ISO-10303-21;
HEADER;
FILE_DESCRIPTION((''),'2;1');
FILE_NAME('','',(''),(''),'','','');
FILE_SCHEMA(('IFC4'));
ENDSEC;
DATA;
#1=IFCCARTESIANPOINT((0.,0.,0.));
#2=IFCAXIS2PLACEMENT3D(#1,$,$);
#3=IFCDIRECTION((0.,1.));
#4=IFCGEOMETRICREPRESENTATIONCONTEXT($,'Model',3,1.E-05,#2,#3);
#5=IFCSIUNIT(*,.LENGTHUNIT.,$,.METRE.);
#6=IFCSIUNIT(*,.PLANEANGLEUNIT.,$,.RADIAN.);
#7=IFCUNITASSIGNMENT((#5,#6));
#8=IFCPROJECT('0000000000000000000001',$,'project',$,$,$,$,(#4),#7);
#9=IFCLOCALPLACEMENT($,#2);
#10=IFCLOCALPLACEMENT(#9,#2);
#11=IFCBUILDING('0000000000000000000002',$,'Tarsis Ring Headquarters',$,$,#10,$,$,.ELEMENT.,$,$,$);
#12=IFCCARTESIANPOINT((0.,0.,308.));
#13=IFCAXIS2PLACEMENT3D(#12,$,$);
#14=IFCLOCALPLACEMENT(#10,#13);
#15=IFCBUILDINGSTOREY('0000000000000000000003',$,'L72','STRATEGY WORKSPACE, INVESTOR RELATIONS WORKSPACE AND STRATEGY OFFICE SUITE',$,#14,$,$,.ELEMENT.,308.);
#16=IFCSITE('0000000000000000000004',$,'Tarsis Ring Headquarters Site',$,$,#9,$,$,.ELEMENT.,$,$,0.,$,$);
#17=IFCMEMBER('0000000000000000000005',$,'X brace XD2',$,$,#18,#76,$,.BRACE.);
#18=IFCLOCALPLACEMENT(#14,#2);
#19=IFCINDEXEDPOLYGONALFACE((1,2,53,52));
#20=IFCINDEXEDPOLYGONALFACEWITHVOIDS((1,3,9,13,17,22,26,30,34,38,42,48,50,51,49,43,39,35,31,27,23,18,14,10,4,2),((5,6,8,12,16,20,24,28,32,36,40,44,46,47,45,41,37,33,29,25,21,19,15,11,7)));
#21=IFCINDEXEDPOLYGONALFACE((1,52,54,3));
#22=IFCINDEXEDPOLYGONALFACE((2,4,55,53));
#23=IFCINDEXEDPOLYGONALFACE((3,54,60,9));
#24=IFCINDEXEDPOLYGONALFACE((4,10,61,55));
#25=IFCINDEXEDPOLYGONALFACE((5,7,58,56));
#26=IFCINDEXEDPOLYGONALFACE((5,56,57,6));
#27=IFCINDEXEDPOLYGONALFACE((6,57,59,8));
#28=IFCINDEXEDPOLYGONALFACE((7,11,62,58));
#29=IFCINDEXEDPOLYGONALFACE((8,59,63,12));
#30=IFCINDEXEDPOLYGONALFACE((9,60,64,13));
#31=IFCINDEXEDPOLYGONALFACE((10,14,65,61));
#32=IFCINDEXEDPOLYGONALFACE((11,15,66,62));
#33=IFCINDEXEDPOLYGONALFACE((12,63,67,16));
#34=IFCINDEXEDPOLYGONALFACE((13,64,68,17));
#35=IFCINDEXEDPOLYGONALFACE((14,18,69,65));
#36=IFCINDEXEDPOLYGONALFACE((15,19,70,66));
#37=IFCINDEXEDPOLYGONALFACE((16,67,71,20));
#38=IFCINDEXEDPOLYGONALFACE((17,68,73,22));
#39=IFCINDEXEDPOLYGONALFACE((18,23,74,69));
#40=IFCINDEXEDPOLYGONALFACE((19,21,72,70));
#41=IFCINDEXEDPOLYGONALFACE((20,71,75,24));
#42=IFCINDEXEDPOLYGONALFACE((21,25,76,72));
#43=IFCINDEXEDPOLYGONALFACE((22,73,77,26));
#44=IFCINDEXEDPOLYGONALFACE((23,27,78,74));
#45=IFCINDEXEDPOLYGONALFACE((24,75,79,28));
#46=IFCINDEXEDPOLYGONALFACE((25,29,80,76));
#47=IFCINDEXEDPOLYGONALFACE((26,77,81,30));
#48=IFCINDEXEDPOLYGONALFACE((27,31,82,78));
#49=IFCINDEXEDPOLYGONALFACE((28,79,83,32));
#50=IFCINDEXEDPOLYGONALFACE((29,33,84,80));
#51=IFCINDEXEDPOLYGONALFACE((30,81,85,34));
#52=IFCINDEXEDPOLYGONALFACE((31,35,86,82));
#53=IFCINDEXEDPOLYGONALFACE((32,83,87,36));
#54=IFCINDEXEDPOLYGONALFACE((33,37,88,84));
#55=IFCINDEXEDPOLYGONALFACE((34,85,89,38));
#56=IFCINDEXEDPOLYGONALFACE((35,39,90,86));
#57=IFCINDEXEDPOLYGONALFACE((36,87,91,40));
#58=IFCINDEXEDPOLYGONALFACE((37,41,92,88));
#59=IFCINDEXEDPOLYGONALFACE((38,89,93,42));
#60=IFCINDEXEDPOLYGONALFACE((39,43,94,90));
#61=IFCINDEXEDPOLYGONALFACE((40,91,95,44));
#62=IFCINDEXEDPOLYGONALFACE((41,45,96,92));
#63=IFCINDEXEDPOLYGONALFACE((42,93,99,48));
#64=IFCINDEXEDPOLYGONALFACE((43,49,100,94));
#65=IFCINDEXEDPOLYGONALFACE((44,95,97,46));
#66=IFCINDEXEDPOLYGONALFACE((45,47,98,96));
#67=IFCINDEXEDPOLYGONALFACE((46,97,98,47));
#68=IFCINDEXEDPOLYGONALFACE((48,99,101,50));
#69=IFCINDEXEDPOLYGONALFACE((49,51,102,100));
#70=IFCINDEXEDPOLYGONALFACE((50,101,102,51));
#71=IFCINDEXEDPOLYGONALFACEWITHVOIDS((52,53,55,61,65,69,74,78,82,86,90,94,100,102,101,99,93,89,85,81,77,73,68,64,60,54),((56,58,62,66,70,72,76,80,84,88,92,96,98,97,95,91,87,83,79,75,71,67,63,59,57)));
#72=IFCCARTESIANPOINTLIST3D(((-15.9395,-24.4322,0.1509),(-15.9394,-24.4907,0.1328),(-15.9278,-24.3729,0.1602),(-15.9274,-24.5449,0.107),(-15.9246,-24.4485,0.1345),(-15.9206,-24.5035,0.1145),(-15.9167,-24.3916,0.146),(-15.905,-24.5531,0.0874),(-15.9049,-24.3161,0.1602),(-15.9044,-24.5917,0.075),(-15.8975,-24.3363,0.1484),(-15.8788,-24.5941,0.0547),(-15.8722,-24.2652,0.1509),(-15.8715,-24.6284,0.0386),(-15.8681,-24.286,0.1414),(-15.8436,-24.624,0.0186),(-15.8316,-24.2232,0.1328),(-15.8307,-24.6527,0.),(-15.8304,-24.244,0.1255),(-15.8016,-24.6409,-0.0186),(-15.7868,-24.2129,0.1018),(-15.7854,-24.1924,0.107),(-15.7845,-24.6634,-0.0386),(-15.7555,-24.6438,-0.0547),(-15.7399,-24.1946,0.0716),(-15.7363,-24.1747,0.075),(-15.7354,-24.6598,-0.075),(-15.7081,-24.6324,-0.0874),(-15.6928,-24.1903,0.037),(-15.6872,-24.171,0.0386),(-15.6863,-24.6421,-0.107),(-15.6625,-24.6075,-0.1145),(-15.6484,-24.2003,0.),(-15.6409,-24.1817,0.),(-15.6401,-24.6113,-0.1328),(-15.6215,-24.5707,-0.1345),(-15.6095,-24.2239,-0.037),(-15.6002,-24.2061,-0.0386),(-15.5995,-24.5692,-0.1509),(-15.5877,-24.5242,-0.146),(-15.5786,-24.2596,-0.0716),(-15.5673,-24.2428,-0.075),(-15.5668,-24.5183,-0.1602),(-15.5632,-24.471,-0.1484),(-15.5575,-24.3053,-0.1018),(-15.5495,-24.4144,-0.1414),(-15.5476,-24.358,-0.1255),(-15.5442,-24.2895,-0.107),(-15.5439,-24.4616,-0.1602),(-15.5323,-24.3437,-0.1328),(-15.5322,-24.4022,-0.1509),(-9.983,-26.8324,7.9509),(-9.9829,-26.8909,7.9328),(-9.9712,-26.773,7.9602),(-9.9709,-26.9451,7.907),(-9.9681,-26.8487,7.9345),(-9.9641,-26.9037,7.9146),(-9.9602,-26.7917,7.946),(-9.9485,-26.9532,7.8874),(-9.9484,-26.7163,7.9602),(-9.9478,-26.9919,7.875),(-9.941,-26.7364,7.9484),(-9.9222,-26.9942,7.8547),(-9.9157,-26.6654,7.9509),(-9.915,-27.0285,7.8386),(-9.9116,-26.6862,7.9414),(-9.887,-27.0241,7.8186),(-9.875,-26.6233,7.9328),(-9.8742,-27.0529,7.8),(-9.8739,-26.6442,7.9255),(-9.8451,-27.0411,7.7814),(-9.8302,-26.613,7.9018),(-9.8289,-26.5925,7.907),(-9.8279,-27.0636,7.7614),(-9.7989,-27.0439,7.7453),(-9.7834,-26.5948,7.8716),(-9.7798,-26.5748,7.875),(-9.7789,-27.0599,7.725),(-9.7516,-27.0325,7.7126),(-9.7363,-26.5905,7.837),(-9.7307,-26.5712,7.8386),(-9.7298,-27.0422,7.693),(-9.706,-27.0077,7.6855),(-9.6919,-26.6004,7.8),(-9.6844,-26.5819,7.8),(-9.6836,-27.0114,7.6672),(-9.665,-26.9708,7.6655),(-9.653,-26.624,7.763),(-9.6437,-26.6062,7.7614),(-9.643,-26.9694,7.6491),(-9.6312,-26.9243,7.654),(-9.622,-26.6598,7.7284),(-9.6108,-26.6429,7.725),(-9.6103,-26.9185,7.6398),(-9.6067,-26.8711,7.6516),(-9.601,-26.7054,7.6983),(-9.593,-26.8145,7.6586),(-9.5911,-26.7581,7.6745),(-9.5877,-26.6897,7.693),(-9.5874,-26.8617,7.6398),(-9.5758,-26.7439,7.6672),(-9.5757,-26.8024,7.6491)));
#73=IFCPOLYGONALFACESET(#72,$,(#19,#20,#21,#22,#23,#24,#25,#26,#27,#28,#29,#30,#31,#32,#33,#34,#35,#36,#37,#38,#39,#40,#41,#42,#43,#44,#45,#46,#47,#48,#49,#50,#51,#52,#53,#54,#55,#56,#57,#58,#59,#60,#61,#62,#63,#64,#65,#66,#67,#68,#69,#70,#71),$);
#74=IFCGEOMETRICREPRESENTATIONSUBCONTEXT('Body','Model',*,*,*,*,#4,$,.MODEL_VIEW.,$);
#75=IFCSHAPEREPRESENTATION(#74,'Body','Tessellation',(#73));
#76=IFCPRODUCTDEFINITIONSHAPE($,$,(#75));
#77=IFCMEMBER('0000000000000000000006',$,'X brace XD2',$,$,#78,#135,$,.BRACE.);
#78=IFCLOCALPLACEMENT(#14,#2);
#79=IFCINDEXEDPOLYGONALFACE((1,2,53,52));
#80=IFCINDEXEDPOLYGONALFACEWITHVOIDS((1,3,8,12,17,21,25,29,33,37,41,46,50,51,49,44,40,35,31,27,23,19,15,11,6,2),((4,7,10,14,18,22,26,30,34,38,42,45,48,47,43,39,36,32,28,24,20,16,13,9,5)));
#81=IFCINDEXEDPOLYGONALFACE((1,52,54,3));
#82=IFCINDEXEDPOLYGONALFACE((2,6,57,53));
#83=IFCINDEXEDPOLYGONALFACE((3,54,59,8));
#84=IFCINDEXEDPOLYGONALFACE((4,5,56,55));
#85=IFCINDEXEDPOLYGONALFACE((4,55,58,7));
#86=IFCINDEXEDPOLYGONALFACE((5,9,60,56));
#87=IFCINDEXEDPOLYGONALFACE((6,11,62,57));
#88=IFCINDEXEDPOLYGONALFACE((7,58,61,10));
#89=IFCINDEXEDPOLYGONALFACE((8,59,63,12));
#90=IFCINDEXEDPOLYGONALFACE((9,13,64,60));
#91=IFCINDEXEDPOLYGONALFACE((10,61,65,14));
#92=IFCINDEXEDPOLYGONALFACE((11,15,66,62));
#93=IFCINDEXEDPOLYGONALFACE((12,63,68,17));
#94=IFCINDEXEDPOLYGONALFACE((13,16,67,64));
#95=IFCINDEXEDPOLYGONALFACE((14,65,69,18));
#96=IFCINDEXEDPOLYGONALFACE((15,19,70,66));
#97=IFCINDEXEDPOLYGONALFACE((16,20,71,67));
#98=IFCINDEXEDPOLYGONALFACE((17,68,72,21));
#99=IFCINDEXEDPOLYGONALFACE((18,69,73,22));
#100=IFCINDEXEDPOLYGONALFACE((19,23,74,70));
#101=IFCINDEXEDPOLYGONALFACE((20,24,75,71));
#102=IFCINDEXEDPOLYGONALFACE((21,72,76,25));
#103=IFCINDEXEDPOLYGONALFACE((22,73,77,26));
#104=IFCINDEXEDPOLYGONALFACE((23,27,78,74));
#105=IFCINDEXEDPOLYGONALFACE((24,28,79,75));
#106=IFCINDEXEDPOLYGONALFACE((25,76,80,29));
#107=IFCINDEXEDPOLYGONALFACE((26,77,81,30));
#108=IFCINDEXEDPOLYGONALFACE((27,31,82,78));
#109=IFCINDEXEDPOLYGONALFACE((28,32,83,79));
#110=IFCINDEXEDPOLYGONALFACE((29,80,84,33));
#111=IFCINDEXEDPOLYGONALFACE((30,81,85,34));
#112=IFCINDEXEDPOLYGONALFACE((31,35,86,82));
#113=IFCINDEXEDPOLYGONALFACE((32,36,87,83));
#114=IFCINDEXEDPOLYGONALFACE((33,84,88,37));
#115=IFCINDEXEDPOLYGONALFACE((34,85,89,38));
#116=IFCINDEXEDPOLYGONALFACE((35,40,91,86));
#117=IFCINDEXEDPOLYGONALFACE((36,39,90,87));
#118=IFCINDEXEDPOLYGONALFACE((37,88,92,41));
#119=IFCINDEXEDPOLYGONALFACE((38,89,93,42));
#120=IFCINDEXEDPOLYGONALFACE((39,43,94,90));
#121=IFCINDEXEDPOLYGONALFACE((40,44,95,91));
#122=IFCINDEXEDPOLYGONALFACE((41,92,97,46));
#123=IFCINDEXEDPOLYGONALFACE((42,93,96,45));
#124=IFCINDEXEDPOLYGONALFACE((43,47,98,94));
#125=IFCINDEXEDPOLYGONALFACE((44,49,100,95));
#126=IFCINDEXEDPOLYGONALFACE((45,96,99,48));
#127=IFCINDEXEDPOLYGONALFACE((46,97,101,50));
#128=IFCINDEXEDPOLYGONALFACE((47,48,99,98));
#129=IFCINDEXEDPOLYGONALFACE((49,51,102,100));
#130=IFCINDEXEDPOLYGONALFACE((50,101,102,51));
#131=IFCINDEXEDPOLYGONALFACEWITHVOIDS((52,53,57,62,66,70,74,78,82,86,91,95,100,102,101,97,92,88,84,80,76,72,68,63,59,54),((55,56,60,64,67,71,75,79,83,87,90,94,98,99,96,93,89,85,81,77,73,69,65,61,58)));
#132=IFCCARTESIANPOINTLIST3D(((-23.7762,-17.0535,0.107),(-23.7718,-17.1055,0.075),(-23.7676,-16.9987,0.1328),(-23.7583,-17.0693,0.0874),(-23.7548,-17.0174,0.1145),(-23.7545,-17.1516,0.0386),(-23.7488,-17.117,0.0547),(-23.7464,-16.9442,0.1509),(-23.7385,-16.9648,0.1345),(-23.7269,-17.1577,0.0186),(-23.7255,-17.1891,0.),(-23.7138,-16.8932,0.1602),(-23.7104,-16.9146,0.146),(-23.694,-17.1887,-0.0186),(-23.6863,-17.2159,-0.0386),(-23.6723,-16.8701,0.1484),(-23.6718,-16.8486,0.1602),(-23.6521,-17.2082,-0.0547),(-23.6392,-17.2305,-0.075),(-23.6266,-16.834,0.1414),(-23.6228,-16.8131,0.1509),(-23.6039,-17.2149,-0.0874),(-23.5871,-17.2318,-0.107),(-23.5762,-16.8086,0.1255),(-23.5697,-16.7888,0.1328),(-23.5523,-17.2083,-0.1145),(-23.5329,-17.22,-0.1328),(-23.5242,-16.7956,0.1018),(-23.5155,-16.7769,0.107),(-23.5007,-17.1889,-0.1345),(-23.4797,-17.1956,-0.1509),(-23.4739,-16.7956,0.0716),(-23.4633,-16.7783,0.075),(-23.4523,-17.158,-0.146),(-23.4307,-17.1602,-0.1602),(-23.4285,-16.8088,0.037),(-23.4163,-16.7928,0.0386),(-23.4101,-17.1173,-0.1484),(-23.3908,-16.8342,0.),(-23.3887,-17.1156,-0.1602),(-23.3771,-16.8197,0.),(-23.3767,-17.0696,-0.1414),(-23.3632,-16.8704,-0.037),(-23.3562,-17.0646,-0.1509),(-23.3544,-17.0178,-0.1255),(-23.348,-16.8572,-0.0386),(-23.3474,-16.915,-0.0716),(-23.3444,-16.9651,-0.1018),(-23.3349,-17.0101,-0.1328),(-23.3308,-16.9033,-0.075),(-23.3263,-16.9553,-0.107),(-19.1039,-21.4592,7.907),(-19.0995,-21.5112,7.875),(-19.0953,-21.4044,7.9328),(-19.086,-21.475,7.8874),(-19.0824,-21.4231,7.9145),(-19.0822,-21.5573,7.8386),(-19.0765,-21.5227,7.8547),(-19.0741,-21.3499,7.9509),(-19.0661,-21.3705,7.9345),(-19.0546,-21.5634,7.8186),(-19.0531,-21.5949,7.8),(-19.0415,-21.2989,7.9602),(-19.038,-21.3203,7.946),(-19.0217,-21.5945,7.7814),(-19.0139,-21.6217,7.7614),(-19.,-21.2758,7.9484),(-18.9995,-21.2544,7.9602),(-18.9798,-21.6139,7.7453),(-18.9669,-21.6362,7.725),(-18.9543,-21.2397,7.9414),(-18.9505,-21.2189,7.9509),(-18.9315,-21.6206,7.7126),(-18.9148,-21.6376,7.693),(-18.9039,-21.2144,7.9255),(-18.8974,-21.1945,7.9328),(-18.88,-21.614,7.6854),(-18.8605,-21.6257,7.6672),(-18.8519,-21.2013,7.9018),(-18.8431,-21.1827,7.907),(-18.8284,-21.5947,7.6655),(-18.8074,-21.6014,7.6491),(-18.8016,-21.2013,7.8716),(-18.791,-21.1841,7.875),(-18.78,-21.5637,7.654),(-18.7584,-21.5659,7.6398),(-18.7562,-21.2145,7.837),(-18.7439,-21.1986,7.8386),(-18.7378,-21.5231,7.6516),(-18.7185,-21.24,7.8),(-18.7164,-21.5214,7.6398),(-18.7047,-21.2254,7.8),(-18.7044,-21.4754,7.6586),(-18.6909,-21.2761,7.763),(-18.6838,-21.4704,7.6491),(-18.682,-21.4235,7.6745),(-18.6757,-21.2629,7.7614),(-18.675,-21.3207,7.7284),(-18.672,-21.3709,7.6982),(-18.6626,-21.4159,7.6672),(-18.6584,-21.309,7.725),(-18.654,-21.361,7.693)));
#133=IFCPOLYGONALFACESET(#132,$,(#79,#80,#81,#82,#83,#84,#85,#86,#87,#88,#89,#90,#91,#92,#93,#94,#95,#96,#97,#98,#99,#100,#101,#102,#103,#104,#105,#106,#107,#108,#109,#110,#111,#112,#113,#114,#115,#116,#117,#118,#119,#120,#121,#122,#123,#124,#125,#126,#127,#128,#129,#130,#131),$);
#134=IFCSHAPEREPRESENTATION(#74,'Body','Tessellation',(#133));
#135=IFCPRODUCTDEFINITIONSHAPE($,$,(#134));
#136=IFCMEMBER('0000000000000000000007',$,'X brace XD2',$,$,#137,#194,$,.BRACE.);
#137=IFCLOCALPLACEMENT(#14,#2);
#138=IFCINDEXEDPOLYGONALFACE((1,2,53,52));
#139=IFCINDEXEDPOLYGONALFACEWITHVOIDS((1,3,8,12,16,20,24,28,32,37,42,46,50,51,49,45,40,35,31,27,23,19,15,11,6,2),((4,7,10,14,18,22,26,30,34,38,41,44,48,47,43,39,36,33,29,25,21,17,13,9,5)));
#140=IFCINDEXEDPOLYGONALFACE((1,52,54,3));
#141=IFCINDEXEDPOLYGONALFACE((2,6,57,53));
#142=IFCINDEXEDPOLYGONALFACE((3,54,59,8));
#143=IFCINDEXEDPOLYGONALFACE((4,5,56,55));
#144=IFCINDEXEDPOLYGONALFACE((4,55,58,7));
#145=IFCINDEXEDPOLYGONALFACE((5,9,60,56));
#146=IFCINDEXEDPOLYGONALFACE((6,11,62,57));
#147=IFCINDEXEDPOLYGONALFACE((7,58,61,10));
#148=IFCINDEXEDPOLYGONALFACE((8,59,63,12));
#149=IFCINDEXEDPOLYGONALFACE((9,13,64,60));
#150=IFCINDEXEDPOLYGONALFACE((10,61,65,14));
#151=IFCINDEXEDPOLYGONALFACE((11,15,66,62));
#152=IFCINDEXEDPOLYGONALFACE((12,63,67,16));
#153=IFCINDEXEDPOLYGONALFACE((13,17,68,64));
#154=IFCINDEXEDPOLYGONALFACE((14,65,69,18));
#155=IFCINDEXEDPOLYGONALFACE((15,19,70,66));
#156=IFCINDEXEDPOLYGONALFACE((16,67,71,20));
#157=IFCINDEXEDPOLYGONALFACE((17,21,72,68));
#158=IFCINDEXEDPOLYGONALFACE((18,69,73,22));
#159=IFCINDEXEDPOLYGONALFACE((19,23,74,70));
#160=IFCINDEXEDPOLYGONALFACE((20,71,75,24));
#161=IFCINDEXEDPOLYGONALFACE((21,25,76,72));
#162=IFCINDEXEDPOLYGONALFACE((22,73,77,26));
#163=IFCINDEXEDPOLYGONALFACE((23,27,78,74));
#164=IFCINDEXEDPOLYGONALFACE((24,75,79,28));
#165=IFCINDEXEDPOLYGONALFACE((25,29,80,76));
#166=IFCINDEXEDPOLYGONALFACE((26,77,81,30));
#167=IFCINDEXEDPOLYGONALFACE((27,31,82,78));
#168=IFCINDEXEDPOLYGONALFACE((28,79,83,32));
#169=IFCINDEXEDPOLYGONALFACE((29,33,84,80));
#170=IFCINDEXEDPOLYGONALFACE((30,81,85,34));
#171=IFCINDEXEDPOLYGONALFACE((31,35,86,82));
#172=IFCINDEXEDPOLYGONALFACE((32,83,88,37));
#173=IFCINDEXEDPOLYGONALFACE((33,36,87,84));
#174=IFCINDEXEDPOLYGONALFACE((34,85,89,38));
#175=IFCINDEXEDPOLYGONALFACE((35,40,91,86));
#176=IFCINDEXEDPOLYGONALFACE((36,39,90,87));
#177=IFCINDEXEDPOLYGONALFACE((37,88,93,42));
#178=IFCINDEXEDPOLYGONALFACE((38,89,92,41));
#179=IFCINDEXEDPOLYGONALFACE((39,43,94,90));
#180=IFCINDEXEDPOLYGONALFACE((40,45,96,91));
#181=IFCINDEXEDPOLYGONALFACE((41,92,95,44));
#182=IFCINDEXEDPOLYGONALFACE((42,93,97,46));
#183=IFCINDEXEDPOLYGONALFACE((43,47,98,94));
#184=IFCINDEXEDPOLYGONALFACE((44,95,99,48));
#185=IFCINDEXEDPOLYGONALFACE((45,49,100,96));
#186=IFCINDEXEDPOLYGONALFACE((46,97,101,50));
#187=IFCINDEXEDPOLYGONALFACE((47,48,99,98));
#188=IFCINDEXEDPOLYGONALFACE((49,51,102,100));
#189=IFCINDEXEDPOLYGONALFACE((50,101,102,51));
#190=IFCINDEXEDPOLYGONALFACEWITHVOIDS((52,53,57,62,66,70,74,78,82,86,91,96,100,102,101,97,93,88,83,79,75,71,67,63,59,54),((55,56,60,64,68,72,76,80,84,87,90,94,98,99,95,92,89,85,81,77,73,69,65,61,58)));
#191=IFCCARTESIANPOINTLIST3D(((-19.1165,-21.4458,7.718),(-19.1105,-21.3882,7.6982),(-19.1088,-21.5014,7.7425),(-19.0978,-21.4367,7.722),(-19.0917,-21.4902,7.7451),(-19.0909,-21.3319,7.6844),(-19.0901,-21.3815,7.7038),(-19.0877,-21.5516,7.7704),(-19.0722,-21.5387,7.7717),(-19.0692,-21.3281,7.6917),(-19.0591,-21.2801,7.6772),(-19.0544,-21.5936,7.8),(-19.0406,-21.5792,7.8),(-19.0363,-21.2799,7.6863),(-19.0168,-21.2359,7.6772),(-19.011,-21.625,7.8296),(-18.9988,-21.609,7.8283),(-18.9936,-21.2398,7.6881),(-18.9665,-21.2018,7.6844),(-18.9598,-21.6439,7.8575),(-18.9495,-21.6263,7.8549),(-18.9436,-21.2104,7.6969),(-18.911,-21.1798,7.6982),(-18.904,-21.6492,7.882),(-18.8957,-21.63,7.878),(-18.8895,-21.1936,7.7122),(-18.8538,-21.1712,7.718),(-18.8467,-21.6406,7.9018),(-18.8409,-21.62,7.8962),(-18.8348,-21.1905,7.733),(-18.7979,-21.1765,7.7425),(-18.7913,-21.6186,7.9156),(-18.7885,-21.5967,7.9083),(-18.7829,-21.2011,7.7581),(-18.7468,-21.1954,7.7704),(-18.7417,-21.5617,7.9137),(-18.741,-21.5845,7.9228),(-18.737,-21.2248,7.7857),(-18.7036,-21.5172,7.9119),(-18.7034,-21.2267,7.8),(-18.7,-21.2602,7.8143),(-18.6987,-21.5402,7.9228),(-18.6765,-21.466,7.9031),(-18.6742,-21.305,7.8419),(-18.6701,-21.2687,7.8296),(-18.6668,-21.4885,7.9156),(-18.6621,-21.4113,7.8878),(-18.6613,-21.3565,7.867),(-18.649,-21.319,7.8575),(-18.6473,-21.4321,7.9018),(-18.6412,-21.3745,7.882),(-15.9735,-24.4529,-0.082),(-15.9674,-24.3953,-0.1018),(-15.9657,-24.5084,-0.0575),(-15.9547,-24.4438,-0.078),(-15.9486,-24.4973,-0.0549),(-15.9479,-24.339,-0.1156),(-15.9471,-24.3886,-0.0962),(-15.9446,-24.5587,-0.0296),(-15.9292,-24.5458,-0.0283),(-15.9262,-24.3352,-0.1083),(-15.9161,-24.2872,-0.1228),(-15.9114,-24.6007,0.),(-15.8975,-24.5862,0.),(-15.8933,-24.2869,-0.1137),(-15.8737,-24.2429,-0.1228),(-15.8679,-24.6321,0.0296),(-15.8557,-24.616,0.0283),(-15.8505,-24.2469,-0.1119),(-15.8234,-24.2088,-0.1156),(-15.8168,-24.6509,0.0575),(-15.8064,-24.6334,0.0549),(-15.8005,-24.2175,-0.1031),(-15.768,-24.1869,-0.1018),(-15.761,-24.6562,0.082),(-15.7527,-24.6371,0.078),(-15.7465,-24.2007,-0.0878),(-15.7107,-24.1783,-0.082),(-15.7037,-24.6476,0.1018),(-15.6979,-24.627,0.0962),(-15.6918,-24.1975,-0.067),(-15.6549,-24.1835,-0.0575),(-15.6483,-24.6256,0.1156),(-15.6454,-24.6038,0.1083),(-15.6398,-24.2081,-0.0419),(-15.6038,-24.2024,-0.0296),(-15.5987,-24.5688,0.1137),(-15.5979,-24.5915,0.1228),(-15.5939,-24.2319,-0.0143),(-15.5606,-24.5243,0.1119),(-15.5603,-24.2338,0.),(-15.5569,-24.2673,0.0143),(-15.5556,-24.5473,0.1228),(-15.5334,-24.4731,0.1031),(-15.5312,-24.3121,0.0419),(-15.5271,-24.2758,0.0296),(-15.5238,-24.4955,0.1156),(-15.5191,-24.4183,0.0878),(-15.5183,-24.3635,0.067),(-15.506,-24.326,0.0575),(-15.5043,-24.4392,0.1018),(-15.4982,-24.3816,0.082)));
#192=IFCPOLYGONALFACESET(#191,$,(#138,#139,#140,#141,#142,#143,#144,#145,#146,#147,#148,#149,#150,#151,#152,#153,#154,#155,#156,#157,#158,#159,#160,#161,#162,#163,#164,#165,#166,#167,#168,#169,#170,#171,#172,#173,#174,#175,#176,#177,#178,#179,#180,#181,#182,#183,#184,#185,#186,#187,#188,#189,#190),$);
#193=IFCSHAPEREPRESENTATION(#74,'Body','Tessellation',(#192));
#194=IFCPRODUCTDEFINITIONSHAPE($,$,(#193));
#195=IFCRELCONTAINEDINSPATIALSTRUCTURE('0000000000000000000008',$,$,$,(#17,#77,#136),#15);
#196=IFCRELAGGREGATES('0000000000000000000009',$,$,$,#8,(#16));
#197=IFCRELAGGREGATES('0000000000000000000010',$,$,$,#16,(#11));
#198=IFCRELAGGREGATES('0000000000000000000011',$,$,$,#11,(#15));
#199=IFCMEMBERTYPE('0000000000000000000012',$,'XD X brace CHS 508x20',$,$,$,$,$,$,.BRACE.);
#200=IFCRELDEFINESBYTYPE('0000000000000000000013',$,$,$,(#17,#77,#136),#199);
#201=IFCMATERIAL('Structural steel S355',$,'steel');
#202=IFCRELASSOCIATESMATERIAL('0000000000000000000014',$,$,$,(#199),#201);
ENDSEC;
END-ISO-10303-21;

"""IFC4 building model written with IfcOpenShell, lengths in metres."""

from ifc_helpers import new_model, si_unit, direction, frame, origin, origin_2d, place, context, subcontext, project, spatial, hollow_circle, extrude, material, material_profile, profile_set, type_object, element, save


model = new_model("IFC4")

# Units and contexts
model_context = context("Model", 3, precision=1e-05, world=origin(), true_north=direction((0.0, 1.0)))
body_context = subcontext(model_context, "Body", "Model", "MODEL_VIEW")
ifc_project = project(units=[si_unit("LENGTHUNIT", "METRE"), si_unit("PLANEANGLEUNIT", "RADIAN")], contexts=[model_context])

# Site, building, storey
site_placement = place(None, origin())
site = spatial("IfcSite", under=ifc_project, at=site_placement, Name="Tarsis Ring Headquarters Site", CompositionType="ELEMENT", RefElevation=0.0)
building_placement = place(site_placement, origin())
building = spatial("IfcBuilding", under=site, at=building_placement, Name="Tarsis Ring Headquarters", CompositionType="ELEMENT")
storey_placement = place(building_placement, frame((0.0, 0.0, 308.0)))
storey = spatial("IfcBuildingStorey", under=building, at=storey_placement, Name="L72", Description="STRATEGY WORKSPACE, INVESTOR RELATIONS WORKSPACE AND STRATEGY OFFICE SUITE", CompositionType="ELEMENT", Elevation=308.0)

# Shared definitions
ifc_material_1 = material(Name="Structural steel S355", Category="steel")

# Members
ifc_material_profile_1 = material_profile(ifc_material_1, hollow_circle(Radius=0.2539, WallThickness=0.02, at=origin_2d()), Name="CHS 508x20")
ifc_profile_set_1 = profile_set([ifc_material_profile_1], Name="Structural steel S355")
member_type = type_object("IfcMemberType", Name="XD X brace CHS 508x20", PredefinedType="BRACE", material=ifc_profile_set_1)
for number, where, z_axis, x_axis, name in (
    (1, (-15.7358, -24.4172, 0.0), (0.589549, -0.237555, 0.77201), (0.373743, 0.927532, 0.0), "X brace XD2"),
    (2, (-23.5513, -17.0044, 0.0), (0.462446, -0.436059, 0.772008), (0.686045, 0.727559, 0.0), "X brace XD2"),
):
    element("IfcMember", number, at=place(storey_placement, frame(where, z_axis=z_axis, x_axis=x_axis)), inside=storey, type_object=member_type, Name=name, PredefinedType="BRACE", context=body_context, shape_type="SweptSolid", body=[
        extrude(hollow_circle(Radius=0.2539, WallThickness=0.02, at=origin_2d()), origin(), (0.0, 0.0, 1.0), 10.1035),
    ])
member_placement = place(storey_placement, frame((-15.7358, -24.4172, 0.0), z_axis=(-0.351929, 0.336703, 0.873371), x_axis=(-0.691303, -0.722565, 0.0)))
element("IfcMember", 3, at=member_placement, inside=storey, type_object=member_type, Name="X brace XD2", PredefinedType="BRACE", context=body_context, shape_type="SweptSolid", body=[
    extrude(hollow_circle(Radius=0.2539, WallThickness=0.02, at=origin_2d()), origin(), (0.0, 0.0, 1.0), 8.9309),
])

save(model, "model.ifc")
